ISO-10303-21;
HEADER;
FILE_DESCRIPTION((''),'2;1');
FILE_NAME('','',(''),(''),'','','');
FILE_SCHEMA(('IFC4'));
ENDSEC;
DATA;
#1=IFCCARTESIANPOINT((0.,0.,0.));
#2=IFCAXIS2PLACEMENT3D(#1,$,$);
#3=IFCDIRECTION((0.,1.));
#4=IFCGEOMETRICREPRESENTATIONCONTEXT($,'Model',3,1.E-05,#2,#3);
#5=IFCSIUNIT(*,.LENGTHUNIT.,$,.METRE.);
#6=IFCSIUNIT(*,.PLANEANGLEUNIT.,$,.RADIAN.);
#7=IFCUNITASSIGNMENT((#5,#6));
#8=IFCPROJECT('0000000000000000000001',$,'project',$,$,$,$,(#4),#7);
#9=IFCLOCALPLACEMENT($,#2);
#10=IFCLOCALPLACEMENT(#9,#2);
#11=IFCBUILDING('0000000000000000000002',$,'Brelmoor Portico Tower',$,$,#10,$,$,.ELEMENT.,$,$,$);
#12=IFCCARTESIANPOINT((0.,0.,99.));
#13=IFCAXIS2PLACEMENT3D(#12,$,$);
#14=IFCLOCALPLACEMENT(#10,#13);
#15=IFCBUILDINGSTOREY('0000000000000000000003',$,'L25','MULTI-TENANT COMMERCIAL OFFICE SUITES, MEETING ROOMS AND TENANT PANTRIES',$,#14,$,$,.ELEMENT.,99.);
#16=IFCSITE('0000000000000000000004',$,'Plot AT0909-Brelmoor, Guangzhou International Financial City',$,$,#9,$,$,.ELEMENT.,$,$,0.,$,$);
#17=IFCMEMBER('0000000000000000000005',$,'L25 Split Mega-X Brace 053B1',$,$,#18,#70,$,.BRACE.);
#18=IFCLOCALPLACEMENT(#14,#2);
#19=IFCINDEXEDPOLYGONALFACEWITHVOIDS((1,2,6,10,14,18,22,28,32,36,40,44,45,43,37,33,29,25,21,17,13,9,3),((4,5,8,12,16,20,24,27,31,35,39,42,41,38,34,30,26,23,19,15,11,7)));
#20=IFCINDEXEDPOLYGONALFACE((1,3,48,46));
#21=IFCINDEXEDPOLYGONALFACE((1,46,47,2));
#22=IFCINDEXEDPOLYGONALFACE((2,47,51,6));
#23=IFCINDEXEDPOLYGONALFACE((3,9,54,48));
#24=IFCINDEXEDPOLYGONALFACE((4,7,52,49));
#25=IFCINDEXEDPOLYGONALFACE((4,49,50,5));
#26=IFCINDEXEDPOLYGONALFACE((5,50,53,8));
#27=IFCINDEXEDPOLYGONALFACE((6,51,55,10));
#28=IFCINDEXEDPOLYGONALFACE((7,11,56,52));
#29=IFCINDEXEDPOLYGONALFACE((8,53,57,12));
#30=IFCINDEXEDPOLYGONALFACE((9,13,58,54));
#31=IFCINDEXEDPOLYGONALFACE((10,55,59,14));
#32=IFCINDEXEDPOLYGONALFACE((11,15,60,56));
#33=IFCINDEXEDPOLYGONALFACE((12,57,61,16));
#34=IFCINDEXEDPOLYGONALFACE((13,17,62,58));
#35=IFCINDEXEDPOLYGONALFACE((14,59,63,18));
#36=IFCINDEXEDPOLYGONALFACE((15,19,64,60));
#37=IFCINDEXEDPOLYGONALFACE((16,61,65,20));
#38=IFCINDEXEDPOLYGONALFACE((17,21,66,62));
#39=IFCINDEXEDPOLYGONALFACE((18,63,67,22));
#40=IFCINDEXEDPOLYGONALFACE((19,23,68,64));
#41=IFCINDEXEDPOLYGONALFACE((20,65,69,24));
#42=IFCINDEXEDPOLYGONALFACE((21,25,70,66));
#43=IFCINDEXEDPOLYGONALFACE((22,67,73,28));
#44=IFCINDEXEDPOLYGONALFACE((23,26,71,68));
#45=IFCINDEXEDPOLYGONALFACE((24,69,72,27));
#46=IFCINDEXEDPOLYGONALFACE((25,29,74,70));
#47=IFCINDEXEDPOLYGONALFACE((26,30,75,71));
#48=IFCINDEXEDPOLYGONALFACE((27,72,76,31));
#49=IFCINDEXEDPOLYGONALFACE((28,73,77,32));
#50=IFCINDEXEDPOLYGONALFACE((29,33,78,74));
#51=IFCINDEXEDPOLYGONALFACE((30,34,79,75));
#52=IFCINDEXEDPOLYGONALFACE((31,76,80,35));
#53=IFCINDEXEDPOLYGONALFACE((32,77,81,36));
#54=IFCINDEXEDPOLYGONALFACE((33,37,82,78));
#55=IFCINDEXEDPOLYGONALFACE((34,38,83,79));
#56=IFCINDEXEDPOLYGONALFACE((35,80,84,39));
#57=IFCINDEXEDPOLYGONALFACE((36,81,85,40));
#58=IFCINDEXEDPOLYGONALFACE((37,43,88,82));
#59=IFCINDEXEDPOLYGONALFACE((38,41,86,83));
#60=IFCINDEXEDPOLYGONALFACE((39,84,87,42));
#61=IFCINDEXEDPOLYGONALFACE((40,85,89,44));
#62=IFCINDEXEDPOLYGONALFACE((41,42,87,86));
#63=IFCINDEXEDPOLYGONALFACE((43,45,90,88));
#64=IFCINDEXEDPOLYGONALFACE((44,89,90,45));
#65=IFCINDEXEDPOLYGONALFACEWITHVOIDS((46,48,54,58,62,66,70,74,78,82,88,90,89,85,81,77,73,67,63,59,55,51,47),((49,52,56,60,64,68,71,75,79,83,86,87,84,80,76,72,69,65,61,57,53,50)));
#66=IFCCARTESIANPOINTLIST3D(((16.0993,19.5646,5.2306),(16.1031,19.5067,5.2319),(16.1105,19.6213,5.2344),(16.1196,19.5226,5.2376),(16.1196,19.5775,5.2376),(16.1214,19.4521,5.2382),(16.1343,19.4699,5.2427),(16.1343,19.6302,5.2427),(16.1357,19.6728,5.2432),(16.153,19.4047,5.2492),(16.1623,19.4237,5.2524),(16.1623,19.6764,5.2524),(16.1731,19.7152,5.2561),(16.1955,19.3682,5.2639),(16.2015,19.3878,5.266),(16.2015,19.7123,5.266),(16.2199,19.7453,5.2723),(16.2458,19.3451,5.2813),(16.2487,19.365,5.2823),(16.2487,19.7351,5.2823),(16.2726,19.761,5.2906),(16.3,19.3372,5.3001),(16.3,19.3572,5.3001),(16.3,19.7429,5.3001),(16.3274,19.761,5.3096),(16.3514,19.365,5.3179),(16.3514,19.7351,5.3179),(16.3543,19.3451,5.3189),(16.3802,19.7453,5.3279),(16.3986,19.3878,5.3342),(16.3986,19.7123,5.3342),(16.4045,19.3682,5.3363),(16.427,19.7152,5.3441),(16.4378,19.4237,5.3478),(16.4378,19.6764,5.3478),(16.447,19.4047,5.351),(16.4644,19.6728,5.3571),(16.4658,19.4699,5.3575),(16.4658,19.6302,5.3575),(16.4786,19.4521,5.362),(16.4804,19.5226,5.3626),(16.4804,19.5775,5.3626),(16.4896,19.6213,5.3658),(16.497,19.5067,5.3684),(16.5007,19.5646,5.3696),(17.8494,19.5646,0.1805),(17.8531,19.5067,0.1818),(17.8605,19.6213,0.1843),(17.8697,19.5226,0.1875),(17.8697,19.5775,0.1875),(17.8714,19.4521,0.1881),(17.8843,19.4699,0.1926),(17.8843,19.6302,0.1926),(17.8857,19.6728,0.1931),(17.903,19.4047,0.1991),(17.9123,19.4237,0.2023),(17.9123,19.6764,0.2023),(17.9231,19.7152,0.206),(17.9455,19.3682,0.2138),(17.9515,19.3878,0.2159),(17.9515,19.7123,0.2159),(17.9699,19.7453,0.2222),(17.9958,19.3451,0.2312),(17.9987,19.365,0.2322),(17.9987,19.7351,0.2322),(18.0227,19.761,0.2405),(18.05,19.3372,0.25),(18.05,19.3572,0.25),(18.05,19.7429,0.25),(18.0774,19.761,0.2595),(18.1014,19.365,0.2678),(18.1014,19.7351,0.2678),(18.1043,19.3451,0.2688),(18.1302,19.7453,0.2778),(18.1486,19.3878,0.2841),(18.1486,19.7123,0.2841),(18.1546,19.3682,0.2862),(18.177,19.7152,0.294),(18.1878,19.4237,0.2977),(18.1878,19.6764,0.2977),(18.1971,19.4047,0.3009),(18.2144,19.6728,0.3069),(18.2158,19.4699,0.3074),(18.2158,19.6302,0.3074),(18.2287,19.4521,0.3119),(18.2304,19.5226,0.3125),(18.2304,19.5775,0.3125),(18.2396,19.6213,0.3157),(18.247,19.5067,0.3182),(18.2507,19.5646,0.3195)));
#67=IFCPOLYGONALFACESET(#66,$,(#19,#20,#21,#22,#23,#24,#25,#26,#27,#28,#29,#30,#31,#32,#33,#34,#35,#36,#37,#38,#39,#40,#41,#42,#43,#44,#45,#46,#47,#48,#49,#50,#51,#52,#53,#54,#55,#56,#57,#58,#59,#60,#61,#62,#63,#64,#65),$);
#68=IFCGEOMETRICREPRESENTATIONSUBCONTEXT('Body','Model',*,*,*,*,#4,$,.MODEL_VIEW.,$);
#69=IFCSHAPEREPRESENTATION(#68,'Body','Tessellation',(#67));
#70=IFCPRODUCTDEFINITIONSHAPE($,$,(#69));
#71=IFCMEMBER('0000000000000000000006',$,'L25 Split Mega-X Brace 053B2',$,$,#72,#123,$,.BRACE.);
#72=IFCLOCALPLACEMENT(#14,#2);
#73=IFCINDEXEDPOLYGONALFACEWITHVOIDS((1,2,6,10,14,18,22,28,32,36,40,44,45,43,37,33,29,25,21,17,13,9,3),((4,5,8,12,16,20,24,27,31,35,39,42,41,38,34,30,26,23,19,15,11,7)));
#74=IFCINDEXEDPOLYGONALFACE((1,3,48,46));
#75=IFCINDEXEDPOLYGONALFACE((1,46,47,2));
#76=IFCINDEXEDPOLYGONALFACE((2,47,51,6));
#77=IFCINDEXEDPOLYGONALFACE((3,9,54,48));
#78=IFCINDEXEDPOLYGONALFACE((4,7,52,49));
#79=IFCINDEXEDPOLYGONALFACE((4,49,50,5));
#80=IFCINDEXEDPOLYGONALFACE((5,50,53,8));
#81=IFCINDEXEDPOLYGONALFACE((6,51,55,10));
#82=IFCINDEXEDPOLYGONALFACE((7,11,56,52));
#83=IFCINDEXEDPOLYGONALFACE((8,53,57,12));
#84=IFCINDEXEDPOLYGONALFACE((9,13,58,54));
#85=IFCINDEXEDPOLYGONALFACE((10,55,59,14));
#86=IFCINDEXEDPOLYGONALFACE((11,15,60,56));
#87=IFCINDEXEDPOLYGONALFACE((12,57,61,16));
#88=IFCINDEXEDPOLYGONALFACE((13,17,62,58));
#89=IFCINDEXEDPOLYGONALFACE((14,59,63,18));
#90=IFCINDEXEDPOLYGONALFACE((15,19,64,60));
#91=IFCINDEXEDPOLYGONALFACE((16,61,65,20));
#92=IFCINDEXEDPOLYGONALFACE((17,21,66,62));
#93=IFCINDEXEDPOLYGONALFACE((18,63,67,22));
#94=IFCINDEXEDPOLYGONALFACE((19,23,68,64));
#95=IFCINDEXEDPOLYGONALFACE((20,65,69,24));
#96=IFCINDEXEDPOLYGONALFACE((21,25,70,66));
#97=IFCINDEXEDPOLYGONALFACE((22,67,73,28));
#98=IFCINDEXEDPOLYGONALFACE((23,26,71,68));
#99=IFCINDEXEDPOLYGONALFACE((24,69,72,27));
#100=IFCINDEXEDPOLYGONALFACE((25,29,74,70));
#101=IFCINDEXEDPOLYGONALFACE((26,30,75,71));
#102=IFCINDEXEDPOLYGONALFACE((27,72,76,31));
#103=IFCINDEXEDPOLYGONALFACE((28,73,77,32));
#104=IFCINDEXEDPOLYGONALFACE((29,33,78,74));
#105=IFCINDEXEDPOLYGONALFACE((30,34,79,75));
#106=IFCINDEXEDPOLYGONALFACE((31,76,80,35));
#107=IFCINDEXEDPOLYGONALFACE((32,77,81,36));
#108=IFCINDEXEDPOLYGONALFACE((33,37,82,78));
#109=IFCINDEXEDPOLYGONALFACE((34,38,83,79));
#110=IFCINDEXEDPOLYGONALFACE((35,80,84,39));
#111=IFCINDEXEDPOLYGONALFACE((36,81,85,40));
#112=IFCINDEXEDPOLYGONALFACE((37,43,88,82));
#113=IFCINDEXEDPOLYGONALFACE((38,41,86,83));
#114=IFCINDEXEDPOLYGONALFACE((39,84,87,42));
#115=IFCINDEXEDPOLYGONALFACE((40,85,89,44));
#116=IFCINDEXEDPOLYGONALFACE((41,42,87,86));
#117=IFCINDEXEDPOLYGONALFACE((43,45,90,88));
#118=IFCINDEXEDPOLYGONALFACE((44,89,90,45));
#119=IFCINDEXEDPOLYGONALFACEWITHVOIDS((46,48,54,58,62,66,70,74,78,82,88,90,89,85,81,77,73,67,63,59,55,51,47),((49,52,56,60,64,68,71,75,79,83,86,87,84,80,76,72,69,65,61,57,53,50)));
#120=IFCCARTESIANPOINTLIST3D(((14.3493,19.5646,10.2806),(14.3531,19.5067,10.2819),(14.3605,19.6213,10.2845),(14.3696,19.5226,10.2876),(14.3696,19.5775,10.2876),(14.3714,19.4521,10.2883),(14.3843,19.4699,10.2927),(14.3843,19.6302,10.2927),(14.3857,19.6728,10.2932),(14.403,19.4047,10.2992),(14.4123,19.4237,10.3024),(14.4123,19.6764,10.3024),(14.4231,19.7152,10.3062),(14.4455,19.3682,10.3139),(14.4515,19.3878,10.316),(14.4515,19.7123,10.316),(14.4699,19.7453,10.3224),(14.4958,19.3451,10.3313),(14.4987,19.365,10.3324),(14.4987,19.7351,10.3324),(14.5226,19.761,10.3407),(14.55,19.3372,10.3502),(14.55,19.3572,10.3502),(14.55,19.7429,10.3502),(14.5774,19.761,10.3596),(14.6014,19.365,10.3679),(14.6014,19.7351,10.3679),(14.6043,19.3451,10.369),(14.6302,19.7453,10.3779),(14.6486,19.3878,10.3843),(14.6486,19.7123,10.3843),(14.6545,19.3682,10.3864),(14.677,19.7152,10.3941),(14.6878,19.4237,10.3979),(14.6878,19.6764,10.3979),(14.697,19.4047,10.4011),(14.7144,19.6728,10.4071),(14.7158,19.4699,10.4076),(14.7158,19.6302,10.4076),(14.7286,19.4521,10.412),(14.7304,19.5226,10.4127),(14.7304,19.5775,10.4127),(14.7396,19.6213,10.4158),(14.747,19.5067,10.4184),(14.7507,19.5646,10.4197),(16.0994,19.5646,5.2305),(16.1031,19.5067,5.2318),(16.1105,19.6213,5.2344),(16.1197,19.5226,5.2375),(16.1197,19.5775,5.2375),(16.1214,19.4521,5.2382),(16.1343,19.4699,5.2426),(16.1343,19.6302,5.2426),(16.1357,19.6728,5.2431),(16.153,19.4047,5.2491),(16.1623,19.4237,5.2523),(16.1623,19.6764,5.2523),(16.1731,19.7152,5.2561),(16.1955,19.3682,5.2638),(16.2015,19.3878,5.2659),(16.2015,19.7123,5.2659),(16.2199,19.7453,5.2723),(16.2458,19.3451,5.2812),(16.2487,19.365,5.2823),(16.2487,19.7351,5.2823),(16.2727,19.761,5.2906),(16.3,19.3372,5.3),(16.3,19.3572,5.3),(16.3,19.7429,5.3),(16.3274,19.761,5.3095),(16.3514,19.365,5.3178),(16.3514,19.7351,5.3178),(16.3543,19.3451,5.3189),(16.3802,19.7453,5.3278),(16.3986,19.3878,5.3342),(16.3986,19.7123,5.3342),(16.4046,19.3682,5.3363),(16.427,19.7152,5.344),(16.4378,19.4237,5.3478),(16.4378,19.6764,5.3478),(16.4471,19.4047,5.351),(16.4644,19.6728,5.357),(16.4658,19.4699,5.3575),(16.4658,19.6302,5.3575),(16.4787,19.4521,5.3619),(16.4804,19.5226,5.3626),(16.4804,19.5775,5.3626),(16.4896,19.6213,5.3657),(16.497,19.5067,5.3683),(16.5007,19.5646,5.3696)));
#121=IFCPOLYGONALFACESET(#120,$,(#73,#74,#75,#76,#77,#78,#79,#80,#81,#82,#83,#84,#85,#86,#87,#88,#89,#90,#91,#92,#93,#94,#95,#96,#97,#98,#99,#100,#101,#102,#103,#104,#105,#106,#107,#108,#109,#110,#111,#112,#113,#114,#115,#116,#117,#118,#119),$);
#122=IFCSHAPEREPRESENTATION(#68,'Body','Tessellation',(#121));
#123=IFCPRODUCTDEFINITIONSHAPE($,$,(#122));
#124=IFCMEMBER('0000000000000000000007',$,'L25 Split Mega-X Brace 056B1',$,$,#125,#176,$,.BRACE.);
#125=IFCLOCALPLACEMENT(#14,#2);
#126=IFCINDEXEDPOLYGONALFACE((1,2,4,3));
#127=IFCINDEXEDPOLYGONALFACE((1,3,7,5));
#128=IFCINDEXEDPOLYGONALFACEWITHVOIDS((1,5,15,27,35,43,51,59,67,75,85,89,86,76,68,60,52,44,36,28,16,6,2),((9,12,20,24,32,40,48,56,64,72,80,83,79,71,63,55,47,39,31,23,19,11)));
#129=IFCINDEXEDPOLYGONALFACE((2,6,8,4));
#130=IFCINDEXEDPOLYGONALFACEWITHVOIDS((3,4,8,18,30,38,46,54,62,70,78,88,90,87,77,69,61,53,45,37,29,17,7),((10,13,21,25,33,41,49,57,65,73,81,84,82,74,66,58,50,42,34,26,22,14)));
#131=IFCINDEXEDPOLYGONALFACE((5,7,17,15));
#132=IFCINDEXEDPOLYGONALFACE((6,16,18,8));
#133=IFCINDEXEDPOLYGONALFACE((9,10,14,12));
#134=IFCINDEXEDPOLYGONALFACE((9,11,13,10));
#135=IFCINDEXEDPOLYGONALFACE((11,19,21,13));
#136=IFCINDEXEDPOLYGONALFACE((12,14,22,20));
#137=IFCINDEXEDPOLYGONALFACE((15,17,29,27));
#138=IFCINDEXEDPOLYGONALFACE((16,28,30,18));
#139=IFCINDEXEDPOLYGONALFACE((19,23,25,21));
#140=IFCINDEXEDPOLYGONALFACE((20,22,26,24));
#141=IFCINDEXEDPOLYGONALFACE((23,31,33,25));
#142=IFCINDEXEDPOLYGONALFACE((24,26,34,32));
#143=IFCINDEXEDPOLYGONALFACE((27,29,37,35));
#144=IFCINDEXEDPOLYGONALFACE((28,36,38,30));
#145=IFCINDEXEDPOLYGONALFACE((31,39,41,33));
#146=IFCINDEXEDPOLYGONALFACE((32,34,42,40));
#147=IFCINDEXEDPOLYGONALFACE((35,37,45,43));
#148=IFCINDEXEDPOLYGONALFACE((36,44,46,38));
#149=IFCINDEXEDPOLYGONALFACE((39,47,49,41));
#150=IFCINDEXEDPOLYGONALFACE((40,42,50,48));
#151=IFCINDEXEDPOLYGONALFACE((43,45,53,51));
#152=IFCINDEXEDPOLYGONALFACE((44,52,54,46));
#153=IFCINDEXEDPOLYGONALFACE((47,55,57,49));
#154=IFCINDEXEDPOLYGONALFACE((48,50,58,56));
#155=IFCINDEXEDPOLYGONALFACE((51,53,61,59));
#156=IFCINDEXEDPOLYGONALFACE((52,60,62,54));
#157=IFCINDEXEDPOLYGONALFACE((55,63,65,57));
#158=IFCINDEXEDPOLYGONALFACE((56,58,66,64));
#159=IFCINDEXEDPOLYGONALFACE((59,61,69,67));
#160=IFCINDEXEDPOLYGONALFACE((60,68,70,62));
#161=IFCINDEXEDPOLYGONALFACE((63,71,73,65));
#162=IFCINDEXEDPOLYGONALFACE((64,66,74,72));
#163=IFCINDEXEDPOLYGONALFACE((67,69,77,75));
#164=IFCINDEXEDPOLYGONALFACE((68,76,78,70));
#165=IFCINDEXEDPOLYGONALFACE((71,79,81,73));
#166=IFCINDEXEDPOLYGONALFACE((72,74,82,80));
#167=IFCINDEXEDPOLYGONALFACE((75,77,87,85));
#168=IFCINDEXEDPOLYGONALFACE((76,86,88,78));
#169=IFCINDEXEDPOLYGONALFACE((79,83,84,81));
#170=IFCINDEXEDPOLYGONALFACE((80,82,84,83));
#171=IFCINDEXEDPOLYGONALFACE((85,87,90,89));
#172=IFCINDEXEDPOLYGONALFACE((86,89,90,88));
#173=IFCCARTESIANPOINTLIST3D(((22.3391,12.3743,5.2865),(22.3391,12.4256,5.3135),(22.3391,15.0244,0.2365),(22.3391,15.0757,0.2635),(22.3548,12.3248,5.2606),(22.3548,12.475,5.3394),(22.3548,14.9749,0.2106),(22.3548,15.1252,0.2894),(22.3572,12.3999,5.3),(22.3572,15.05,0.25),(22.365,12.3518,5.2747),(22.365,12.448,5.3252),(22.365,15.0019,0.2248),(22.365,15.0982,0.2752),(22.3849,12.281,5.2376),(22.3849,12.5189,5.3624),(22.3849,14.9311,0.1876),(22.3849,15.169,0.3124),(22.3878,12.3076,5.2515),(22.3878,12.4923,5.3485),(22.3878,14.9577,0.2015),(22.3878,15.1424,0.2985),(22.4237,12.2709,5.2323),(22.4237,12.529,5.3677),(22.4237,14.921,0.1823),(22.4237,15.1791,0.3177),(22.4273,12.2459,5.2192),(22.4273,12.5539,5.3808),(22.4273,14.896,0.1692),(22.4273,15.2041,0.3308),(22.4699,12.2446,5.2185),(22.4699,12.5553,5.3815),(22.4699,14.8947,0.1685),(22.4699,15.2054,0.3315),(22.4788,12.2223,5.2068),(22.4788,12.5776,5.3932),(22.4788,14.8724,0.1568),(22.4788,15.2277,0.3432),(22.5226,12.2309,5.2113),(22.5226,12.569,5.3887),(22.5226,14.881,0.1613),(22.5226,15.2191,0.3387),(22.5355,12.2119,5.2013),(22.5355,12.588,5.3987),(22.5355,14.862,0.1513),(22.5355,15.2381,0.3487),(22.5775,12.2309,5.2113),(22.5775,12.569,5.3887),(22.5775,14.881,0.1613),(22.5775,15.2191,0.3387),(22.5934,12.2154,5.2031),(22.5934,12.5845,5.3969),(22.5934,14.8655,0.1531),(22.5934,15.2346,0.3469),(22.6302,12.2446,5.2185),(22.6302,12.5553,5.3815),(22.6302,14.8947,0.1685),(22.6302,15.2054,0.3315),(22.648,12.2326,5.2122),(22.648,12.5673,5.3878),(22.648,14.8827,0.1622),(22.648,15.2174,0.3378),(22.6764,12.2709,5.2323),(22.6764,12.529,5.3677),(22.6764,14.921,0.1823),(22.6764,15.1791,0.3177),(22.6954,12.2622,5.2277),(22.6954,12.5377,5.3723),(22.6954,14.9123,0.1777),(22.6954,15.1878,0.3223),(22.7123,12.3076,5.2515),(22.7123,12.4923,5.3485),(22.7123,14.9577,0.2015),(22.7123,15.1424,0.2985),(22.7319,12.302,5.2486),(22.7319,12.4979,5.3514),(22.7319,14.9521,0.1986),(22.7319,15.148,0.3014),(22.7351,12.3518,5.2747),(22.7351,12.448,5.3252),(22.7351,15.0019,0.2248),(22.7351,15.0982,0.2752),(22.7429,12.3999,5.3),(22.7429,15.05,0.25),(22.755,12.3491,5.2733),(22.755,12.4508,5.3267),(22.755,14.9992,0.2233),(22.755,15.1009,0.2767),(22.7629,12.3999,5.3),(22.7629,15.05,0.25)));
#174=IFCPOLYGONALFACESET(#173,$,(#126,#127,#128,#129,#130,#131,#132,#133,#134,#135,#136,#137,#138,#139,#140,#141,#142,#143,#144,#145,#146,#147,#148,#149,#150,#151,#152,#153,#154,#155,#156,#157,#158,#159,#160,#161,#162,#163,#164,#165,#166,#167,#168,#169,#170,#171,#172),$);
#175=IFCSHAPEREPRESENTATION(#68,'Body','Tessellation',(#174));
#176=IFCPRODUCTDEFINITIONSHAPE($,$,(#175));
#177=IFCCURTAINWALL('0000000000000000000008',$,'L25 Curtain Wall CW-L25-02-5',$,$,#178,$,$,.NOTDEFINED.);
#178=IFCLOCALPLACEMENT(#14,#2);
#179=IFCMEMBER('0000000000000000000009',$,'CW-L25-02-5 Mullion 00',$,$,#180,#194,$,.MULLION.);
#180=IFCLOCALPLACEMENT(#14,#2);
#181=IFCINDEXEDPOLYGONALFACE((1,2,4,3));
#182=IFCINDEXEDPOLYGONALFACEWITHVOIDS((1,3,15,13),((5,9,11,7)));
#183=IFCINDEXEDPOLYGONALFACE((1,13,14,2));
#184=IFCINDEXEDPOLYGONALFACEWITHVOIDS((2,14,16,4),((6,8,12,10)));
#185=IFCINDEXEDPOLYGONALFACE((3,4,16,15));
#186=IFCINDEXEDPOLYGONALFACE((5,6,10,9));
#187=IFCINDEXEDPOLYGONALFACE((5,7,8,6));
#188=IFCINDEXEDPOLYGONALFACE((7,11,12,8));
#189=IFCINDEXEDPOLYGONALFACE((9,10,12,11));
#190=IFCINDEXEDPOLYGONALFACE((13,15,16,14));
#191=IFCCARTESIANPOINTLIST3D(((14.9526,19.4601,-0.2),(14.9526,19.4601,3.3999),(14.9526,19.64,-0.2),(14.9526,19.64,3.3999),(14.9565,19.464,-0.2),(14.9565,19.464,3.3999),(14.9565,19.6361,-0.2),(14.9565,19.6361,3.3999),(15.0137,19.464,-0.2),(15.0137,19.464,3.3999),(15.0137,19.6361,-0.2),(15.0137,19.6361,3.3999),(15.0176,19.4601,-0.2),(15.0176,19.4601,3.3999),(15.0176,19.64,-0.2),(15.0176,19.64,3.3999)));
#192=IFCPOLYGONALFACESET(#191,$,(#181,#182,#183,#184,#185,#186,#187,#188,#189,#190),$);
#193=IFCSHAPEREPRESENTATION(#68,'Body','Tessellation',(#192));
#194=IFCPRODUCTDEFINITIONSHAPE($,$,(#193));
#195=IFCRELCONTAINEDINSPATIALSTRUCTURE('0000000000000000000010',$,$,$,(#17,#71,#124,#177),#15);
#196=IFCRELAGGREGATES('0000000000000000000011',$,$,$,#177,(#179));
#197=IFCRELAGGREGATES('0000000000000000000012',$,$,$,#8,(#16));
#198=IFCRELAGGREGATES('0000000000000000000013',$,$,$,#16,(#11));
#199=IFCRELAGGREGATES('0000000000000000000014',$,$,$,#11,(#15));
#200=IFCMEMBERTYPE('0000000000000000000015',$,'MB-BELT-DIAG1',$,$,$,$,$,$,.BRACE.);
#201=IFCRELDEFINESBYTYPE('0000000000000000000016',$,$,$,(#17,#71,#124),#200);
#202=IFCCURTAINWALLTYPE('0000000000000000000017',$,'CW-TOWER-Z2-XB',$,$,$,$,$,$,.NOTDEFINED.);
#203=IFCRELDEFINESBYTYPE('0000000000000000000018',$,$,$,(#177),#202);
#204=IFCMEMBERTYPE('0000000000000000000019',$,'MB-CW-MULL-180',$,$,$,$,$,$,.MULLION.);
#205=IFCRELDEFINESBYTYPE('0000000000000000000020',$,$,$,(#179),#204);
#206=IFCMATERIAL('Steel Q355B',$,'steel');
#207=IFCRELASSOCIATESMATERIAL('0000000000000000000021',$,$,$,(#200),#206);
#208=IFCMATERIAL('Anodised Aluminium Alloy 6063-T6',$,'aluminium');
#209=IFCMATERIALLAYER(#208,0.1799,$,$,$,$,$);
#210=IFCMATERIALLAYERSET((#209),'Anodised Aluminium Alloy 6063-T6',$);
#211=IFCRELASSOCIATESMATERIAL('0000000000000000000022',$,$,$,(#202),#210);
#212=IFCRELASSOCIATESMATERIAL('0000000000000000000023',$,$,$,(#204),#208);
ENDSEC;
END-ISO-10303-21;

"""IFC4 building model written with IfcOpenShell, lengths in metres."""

from ifc_helpers import new_model, si_unit, direction, frame, origin, origin_2d, place, context, subcontext, project, spatial, hollow_rectangle, hollow_circle, extrude, material, layer, layer_set, material_profile, profile_set, type_object, element, aggregate, save


model = new_model("IFC4")

# Units and contexts
model_context = context("Model", 3, precision=1e-05, world=origin(), true_north=direction((0.0, 1.0)))
body_context = subcontext(model_context, "Body", "Model", "MODEL_VIEW")
ifc_project = project(units=[si_unit("LENGTHUNIT", "METRE"), si_unit("PLANEANGLEUNIT", "RADIAN")], contexts=[model_context])

# Site, building, storey
site_placement = place(None, origin())
site = spatial("IfcSite", under=ifc_project, at=site_placement, Name="Plot AT0909-Brelmoor, Guangzhou International Financial City", CompositionType="ELEMENT", RefElevation=0.0)
building_placement = place(site_placement, origin())
building = spatial("IfcBuilding", under=site, at=building_placement, Name="Brelmoor Portico Tower", CompositionType="ELEMENT")
storey_placement = place(building_placement, frame((0.0, 0.0, 99.0)))
storey = spatial("IfcBuildingStorey", under=building, at=storey_placement, Name="L25", Description="MULTI-TENANT COMMERCIAL OFFICE SUITES, MEETING ROOMS AND TENANT PANTRIES", CompositionType="ELEMENT", Elevation=99.0)

# Shared definitions
ifc_material_1 = material(Name="Steel Q355B", Category="steel")

# Members
ifc_material_profile_1 = material_profile(ifc_material_1, hollow_circle(Radius=0.2129, WallThickness=0.02, at=origin_2d()), Name="CHS 426x20")
ifc_profile_set_1 = profile_set([ifc_material_profile_1], Name="Steel Q355B")
member_type_1 = type_object("IfcMemberType", Name="MB-BELT-DIAG1", PredefinedType="BRACE", material=ifc_profile_set_1)
for number, where, z_axis, x_axis, name in (
    (1, (18.05, 19.55, 0.25), (-0.327429, 0.0, 0.944876), (0.0, -1.0, 0.0), "L25 Split Mega-X Brace 053B1"),
    (2, (16.3, 19.55, 5.3), (-0.327429, 0.0, 0.944876), (0.0, -1.0, 0.0), "L25 Split Mega-X Brace 053B2"),
):
    element("IfcMember", number, at=place(storey_placement, frame(where, z_axis=z_axis, x_axis=x_axis)), inside=storey, type_object=member_type_1, Name=name, PredefinedType="BRACE", context=body_context, shape_type="SweptSolid", body=[
        extrude(hollow_circle(Radius=0.2129, WallThickness=0.02, at=origin_2d()), origin(), (0.0, 0.0, 1.0), 5.3447),
    ])
member_1_placement = place(storey_placement, frame((22.55, 15.05, 0.25), z_axis=(0.0, -0.464679, 0.885479), x_axis=(1.0, 0.0, 0.0)))
element("IfcMember", 3, at=member_1_placement, inside=storey, type_object=member_type_1, Name="L25 Split Mega-X Brace 056B1", PredefinedType="BRACE", context=body_context, shape_type="SweptSolid", body=[
    extrude(hollow_circle(Radius=0.2129, WallThickness=0.02, at=origin_2d()), origin(), (0.0, 0.0, 1.0), 5.7031),
])

# Curtain wall, member
ifc_material_2 = material(Name="Anodised Aluminium Alloy 6063-T6", Category="aluminium")
ifc_layer_1 = layer(ifc_material_2, 0.1799)
ifc_layer_set_1 = layer_set([ifc_layer_1], Name="Anodised Aluminium Alloy 6063-T6")
curtain_wall_type = type_object("IfcCurtainWallType", Name="CW-TOWER-Z2-XB", PredefinedType="NOTDEFINED", material=ifc_layer_set_1)
curtain_wall_placement = place(storey_placement, origin())
curtain_wall = element("IfcCurtainWall", 4, at=curtain_wall_placement, inside=storey, type_object=curtain_wall_type, Name="L25 Curtain Wall CW-L25-02-5", PredefinedType="NOTDEFINED")
ifc_material_profile_2 = material_profile(ifc_material_2, hollow_rectangle(XDim=0.0649, YDim=0.1799, WallThickness=0.0039, at=origin_2d()), Name="ALU MULLION 65x180")
ifc_profile_set_2 = profile_set([ifc_material_profile_2], Name="Anodised Aluminium Alloy 6063-T6")
member_type_2 = type_object("IfcMemberType", Name="MB-CW-MULL-180", PredefinedType="MULLION", material=ifc_profile_set_2)
member_2_placement = place(storey_placement, frame((14.9851, 19.55, -0.2), z_axis=(0.0, 0.0, 1.0), x_axis=(1.0, 0.0, 0.0)))
member_2 = element("IfcMember", 5, at=member_2_placement, type_object=member_type_2, Name="CW-L25-02-5 Mullion 00", PredefinedType="MULLION", context=body_context, shape_type="SweptSolid", body=[
    extrude(hollow_rectangle(XDim=0.0649, YDim=0.1799, WallThickness=0.0039, at=origin_2d()), origin(), (0.0, 0.0, 1.0), 3.5999),
])

aggregate(curtain_wall, [member_2])

save(model, "model.ifc")
